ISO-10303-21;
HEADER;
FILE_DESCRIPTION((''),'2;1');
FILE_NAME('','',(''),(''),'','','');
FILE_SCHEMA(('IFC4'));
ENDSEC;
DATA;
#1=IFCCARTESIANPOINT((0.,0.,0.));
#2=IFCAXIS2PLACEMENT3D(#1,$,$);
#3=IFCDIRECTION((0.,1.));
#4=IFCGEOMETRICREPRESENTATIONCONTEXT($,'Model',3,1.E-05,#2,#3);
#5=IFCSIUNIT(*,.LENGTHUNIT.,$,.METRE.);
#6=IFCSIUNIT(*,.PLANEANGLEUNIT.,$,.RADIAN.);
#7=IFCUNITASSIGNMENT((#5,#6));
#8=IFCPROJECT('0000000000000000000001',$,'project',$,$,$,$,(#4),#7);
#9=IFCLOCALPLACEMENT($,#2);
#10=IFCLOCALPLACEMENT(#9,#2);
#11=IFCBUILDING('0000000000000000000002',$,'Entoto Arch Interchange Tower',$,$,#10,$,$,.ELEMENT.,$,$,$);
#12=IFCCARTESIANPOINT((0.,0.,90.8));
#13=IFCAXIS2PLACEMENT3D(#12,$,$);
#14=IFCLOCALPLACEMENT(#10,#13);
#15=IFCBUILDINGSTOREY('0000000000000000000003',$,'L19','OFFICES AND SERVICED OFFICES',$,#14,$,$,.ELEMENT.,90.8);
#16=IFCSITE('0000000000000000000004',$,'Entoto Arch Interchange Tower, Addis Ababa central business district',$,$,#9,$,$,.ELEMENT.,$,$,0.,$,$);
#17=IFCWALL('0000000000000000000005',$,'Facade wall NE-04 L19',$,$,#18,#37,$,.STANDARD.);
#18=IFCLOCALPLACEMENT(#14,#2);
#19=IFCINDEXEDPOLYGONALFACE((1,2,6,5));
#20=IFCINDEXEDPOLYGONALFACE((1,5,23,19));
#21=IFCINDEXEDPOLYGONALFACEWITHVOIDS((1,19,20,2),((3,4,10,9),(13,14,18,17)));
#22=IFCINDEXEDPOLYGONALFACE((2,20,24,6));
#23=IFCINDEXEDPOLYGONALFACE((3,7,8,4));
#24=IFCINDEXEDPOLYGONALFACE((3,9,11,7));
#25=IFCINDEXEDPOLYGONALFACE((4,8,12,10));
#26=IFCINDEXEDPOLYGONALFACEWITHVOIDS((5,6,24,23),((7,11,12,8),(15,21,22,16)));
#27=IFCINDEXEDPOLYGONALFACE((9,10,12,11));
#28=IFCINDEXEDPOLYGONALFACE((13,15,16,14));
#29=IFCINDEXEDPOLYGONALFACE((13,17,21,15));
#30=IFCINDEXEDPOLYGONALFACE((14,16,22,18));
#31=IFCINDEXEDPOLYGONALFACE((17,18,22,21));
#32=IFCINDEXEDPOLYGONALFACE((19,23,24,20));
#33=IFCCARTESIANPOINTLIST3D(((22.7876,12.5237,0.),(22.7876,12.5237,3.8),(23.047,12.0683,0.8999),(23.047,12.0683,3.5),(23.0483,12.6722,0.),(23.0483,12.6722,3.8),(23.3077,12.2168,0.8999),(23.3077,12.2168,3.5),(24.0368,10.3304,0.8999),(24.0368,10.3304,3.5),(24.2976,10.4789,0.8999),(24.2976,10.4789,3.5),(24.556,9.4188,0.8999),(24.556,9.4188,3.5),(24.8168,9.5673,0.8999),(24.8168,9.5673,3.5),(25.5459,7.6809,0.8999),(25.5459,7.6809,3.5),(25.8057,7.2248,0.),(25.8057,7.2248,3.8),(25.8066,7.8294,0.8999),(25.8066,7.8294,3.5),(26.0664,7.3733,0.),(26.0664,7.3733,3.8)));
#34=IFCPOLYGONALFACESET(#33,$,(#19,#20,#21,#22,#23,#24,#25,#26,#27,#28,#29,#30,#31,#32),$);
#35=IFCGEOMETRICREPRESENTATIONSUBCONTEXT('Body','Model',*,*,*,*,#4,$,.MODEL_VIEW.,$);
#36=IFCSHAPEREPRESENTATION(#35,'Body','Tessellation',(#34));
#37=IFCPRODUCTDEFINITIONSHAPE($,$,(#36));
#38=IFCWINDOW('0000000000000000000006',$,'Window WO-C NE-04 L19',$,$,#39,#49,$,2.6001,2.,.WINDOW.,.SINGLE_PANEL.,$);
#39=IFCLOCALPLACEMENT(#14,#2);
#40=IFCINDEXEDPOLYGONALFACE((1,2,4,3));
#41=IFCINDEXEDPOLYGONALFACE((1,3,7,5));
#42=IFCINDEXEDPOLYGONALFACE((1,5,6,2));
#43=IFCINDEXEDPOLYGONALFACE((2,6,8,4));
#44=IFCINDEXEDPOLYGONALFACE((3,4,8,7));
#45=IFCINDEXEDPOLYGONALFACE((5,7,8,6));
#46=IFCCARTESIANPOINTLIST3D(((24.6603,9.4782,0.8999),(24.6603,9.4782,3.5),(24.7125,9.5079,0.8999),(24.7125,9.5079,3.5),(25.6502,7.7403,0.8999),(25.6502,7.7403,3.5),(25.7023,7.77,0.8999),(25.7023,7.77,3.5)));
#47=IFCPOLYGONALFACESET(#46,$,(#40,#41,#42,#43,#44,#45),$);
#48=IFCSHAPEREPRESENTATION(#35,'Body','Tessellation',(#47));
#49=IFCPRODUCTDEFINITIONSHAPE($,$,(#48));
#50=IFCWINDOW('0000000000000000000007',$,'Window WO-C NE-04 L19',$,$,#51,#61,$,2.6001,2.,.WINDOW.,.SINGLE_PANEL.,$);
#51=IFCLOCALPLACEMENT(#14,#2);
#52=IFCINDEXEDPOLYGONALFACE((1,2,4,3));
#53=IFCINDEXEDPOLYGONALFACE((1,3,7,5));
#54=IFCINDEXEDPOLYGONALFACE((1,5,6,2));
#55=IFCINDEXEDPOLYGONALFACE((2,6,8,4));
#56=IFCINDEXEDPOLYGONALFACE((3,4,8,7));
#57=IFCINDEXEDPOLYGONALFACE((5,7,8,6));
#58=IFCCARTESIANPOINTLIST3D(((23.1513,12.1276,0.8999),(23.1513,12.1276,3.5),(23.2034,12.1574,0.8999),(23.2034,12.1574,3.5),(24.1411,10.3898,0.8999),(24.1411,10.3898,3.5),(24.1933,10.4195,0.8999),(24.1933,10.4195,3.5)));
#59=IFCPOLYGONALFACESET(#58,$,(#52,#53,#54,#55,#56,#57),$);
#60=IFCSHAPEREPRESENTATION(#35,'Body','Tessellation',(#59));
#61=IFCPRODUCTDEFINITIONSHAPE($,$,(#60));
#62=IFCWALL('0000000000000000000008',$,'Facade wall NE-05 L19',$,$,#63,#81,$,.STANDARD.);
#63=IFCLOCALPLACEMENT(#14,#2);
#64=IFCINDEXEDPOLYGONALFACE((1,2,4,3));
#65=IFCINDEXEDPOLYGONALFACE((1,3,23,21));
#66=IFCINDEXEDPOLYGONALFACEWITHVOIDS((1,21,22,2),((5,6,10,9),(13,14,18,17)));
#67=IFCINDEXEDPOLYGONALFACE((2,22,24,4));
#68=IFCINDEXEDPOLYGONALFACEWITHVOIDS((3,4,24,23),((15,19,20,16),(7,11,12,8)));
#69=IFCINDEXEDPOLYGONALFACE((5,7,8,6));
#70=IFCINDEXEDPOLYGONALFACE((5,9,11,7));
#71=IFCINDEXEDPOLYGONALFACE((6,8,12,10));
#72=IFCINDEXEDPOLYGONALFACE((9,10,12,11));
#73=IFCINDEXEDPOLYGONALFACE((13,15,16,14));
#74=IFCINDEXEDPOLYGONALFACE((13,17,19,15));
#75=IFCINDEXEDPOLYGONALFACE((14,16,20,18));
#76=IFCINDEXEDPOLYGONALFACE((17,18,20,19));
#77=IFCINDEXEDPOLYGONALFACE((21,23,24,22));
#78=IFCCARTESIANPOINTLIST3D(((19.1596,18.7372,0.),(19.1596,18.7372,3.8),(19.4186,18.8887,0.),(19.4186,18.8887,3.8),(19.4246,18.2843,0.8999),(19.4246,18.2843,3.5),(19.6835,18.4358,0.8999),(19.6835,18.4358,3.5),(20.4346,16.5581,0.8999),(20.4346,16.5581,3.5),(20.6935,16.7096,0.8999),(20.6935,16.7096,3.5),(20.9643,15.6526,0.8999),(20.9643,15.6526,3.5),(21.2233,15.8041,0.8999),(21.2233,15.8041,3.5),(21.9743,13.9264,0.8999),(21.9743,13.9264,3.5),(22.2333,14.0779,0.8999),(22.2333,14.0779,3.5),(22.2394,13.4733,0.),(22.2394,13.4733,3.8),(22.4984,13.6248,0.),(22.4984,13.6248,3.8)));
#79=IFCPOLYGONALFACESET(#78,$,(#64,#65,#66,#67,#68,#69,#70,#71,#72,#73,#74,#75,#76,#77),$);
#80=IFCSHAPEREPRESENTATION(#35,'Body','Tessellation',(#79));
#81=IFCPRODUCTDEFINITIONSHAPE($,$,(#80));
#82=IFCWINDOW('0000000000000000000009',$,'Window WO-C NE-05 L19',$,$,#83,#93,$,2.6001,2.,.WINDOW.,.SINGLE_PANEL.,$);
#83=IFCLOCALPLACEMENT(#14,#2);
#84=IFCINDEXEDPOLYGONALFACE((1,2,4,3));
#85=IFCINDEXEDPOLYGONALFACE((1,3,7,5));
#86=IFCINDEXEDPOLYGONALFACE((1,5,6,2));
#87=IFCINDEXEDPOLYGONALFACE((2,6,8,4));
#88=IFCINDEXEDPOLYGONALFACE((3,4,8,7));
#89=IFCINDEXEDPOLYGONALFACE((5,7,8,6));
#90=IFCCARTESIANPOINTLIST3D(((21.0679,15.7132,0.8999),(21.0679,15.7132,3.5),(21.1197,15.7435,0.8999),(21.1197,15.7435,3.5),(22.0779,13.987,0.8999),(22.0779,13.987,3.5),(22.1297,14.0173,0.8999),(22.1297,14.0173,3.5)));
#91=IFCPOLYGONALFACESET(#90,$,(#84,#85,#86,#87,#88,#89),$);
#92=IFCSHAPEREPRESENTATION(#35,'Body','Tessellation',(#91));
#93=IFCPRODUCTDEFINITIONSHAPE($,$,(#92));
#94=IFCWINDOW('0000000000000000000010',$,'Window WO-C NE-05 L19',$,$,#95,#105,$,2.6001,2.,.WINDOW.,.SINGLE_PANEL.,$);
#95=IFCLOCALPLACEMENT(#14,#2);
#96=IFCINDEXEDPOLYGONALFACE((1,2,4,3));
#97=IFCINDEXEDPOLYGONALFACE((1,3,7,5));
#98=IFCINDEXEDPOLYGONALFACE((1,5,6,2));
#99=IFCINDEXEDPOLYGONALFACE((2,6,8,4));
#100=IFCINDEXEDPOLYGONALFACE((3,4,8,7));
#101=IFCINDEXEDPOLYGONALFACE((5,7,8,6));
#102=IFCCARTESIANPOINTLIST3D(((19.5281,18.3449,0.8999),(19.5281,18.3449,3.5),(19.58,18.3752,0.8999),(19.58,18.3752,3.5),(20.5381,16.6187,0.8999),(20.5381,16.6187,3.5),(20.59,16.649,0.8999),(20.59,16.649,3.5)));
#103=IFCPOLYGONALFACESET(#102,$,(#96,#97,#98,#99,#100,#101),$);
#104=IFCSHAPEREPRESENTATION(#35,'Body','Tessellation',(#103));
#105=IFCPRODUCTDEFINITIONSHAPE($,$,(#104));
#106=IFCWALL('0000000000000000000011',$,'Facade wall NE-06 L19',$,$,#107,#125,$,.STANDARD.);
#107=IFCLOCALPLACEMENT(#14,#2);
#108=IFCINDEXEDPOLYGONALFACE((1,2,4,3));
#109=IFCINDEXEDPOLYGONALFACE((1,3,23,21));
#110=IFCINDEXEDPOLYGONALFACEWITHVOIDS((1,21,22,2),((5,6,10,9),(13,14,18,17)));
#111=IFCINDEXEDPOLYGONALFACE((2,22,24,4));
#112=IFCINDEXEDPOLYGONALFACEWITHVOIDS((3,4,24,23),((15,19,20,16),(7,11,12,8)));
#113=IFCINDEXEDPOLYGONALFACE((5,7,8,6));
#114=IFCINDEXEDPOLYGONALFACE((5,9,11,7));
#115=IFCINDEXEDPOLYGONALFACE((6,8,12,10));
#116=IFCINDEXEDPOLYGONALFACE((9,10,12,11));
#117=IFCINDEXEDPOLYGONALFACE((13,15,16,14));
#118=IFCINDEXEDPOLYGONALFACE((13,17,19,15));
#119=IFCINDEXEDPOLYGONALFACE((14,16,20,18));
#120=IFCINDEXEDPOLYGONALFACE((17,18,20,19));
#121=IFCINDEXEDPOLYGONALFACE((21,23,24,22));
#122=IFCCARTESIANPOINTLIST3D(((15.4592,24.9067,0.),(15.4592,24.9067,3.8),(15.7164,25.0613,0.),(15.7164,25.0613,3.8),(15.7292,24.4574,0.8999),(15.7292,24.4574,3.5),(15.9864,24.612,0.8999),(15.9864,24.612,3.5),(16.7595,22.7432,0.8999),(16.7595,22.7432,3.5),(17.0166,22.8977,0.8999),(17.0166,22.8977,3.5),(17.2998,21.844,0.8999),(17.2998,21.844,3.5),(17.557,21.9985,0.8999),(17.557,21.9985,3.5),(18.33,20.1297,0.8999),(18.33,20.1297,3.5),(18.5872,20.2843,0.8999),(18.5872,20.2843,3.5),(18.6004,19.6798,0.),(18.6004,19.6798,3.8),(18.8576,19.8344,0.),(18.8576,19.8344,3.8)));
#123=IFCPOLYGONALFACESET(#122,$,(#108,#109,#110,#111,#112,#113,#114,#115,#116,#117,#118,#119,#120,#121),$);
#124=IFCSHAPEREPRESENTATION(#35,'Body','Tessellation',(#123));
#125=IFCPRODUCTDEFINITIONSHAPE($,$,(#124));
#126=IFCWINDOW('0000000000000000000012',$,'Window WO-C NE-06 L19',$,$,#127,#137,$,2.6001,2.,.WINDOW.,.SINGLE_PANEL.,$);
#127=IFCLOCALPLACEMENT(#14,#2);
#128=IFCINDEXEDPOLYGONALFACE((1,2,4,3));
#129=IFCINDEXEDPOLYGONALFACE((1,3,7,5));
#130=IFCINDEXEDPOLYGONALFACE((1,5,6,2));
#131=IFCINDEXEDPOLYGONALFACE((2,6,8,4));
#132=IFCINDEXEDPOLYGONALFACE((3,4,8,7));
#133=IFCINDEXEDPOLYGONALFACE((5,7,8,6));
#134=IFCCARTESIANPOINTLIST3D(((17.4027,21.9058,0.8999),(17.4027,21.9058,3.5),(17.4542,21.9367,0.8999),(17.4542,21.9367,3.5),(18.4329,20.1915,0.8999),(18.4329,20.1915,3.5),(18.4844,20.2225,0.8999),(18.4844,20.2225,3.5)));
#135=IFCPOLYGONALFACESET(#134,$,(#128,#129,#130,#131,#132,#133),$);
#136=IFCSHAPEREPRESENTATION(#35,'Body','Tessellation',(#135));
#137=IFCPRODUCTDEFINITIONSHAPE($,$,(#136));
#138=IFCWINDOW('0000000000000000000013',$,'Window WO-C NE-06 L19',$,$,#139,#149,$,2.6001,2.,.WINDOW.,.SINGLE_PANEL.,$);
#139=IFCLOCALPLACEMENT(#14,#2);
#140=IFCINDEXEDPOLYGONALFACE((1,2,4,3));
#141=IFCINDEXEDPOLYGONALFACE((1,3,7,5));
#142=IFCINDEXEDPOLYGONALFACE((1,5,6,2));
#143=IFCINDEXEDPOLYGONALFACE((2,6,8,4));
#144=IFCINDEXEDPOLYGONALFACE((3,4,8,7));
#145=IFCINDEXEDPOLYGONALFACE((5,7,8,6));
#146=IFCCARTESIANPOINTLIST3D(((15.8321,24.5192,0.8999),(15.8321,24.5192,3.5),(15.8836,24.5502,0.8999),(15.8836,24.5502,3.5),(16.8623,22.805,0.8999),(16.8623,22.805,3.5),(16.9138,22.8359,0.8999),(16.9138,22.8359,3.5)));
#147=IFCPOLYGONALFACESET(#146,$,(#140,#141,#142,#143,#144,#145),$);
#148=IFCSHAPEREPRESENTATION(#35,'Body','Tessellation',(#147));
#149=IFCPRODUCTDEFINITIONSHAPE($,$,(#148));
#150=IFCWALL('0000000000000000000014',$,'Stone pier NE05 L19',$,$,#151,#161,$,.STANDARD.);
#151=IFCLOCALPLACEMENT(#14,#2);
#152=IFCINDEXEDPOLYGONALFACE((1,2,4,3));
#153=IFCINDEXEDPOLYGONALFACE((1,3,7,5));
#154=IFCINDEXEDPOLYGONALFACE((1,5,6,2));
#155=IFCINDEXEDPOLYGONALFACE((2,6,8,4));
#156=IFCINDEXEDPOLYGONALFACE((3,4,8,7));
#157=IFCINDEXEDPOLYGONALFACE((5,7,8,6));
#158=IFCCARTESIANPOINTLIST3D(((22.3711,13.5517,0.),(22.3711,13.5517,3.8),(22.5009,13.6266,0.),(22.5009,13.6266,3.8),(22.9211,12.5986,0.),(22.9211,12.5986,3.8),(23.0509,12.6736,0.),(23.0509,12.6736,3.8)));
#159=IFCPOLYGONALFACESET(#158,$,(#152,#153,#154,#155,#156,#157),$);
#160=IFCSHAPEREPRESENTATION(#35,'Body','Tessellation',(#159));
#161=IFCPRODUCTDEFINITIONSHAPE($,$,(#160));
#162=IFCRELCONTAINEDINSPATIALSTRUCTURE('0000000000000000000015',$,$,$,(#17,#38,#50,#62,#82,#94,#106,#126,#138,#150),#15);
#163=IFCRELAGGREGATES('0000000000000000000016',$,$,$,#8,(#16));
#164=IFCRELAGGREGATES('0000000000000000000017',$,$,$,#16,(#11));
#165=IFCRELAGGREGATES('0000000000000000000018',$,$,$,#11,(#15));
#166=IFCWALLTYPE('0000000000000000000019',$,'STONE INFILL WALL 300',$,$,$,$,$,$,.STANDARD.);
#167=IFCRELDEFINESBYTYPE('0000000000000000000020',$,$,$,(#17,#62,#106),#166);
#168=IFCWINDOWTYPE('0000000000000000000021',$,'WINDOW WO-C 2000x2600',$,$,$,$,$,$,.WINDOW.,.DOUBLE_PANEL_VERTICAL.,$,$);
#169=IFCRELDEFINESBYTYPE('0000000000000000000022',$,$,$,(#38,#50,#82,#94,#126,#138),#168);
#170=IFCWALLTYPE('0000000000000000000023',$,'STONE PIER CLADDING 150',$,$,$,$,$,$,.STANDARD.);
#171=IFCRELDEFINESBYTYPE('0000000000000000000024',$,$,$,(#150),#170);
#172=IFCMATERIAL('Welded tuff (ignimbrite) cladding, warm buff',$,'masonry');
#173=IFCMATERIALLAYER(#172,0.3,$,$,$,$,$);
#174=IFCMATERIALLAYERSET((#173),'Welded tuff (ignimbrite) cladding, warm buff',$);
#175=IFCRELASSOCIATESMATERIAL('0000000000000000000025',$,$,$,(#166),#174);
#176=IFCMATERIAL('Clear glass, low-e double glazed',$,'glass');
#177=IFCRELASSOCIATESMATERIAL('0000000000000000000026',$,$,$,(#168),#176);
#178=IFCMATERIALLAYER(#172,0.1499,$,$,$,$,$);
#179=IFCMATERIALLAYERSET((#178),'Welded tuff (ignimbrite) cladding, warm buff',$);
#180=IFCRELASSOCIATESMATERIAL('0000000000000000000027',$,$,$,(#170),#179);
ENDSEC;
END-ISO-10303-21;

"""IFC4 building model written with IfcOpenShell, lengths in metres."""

from ifc_helpers import new_model, si_unit, direction, frame, frame_2d, origin, place, context, subcontext, project, spatial, rectangle, extrude, material, layer, layer_set, type_object, element, fill, save


model = new_model("IFC4")

# Units and contexts
model_context = context("Model", 3, precision=1e-05, world=origin(), true_north=direction((0.0, 1.0)))
body_context = subcontext(model_context, "Body", "Model", "MODEL_VIEW")
ifc_project = project(units=[si_unit("LENGTHUNIT", "METRE"), si_unit("PLANEANGLEUNIT", "RADIAN")], contexts=[model_context])

# Site, building, storey
site_placement = place(None, origin())
site = spatial("IfcSite", under=ifc_project, at=site_placement, Name="Entoto Arch Interchange Tower, Addis Ababa central business district", CompositionType="ELEMENT", RefElevation=0.0)
building_placement = place(site_placement, origin())
building = spatial("IfcBuilding", under=site, at=building_placement, Name="Entoto Arch Interchange Tower", CompositionType="ELEMENT")
storey_placement = place(building_placement, frame((0.0, 0.0, 90.8)))
storey = spatial("IfcBuildingStorey", under=building, at=storey_placement, Name="L19", Description="OFFICES AND SERVICED OFFICES", CompositionType="ELEMENT", Elevation=90.8)

# Walls, openings, windows
ifc_material_1 = material(Name="Welded tuff (ignimbrite) cladding, warm buff", Category="masonry")
ifc_layer_1 = layer(ifc_material_1, 0.3)
ifc_layer_set_1 = layer_set([ifc_layer_1], Name="Welded tuff (ignimbrite) cladding, warm buff")
wall_type_1 = type_object("IfcWallType", Name="STONE INFILL WALL 300", PredefinedType="STANDARD", material=ifc_layer_set_1)
wall_1_placement = place(storey_placement, frame((25.936, 7.2991, 0.0), z_axis=(0.0, 0.0, 1.0), x_axis=(-0.494923, 0.868937, 0.0)))
wall_1 = element("IfcWall", 1, at=wall_1_placement, inside=storey, type_object=wall_type_1, Name="Facade wall NE-04 L19", PredefinedType="STANDARD", context=body_context, shape_type="SweptSolid", body=[
    extrude(rectangle(XDim=6.0981, YDim=0.3, at=frame_2d((3.0491, 0.0))), origin(), (0.0, 0.0, 1.0), 3.8),
])
opening_1_placement = place(wall_1_placement, frame((0.5249, 0.0, 0.8999)))
opening_1 = element("IfcOpeningElement", 2, at=opening_1_placement, cuts=wall_1, PredefinedType="OPENING", context=body_context, shape_type="SweptSolid", body=[
    extrude(rectangle(XDim=2.0, YDim=2.6001, at=frame_2d((1.0, 1.3))), frame((0.0, 0.1602, 0.0), z_axis=(0.0, -1.0, 0.0), x_axis=(1.0, 0.0, 0.0)), (0.0, 0.0, 1.0), 0.3201),
])
opening_2_placement = place(wall_1_placement, frame((3.574, 0.0, 0.8999)))
opening_2 = element("IfcOpeningElement", 3, at=opening_2_placement, cuts=wall_1, PredefinedType="OPENING", context=body_context, shape_type="SweptSolid", body=[
    extrude(rectangle(XDim=2.0, YDim=2.6001, at=frame_2d((1.0, 1.3))), frame((0.0, 0.1602, 0.0), z_axis=(0.0, -1.0, 0.0), x_axis=(1.0, 0.0, 0.0)), (0.0, 0.0, 1.0), 0.3201),
])
ifc_material_2 = material(Name="Clear glass, low-e double glazed", Category="glass")
window_type = type_object("IfcWindowType", Name="WINDOW WO-C 2000x2600", PartitioningType="DOUBLE_PANEL_VERTICAL", PredefinedType="WINDOW", material=ifc_material_2)
window_1_placement = place(opening_1_placement, origin())
window_1 = element("IfcWindow", 4, at=window_1_placement, inside=storey, type_object=window_type, Name="Window WO-C NE-04 L19", OverallHeight=2.6001, OverallWidth=2.0, PartitioningType="SINGLE_PANEL", PredefinedType="WINDOW", context=body_context, shape_type="SweptSolid", body=[
    extrude(rectangle(XDim=2.0, YDim=2.6001, at=frame_2d((1.0, 1.3))), frame((0.0, 0.03, 0.0), z_axis=(0.0, -1.0, 0.0), x_axis=(1.0, 0.0, 0.0)), (0.0, 0.0, 1.0), 0.0601),
])
fill(opening_1, window_1)
window_2_placement = place(opening_2_placement, origin())
window_2 = element("IfcWindow", 5, at=window_2_placement, inside=storey, type_object=window_type, Name="Window WO-C NE-04 L19", OverallHeight=2.6001, OverallWidth=2.0, PartitioningType="SINGLE_PANEL", PredefinedType="WINDOW", context=body_context, shape_type="SweptSolid", body=[
    extrude(rectangle(XDim=2.0, YDim=2.6001, at=frame_2d((1.0, 1.3))), frame((0.0, 0.03, 0.0), z_axis=(0.0, -1.0, 0.0), x_axis=(1.0, 0.0, 0.0)), (0.0, 0.0, 1.0), 0.0601),
])
fill(opening_2, window_2)
wall_2_placement = place(storey_placement, frame((22.3689, 13.5491, 0.0), z_axis=(0.0, 0.0, 1.0), x_axis=(-0.504998, 0.86312, 0.0)))
wall_2 = element("IfcWall", 6, at=wall_2_placement, inside=storey, type_object=wall_type_1, Name="Facade wall NE-05 L19", PredefinedType="STANDARD", context=body_context, shape_type="SweptSolid", body=[
    extrude(rectangle(XDim=6.0986, YDim=0.3, at=frame_2d((3.0493, 0.0))), origin(), (0.0, 0.0, 1.0), 3.8),
])
opening_3_placement = place(wall_2_placement, frame((0.5249, 0.0, 0.8999)))
opening_3 = element("IfcOpeningElement", 7, at=opening_3_placement, cuts=wall_2, PredefinedType="OPENING", context=body_context, shape_type="SweptSolid", body=[
    extrude(rectangle(XDim=2.0, YDim=2.6001, at=frame_2d((1.0, 1.3))), frame((0.0, 0.1602, 0.0), z_axis=(0.0, -1.0, 0.0), x_axis=(1.0, 0.0, 0.0)), (0.0, 0.0, 1.0), 0.3201),
])
opening_4_placement = place(wall_2_placement, frame((3.574, 0.0, 0.8999)))
opening_4 = element("IfcOpeningElement", 8, at=opening_4_placement, cuts=wall_2, PredefinedType="OPENING", context=body_context, shape_type="SweptSolid", body=[
    extrude(rectangle(XDim=2.0, YDim=2.6001, at=frame_2d((1.0, 1.3))), frame((0.0, 0.1602, 0.0), z_axis=(0.0, -1.0, 0.0), x_axis=(1.0, 0.0, 0.0)), (0.0, 0.0, 1.0), 0.3201),
])
window_3_placement = place(opening_3_placement, origin())
window_3 = element("IfcWindow", 9, at=window_3_placement, inside=storey, type_object=window_type, Name="Window WO-C NE-05 L19", OverallHeight=2.6001, OverallWidth=2.0, PartitioningType="SINGLE_PANEL", PredefinedType="WINDOW", context=body_context, shape_type="SweptSolid", body=[
    extrude(rectangle(XDim=2.0, YDim=2.6001, at=frame_2d((1.0, 1.3))), frame((0.0, 0.03, 0.0), z_axis=(0.0, -1.0, 0.0), x_axis=(1.0, 0.0, 0.0)), (0.0, 0.0, 1.0), 0.0601),
])
fill(opening_3, window_3)
window_4_placement = place(opening_4_placement, origin())
window_4 = element("IfcWindow", 10, at=window_4_placement, inside=storey, type_object=window_type, Name="Window WO-C NE-05 L19", OverallHeight=2.6001, OverallWidth=2.0, PartitioningType="SINGLE_PANEL", PredefinedType="WINDOW", context=body_context, shape_type="SweptSolid", body=[
    extrude(rectangle(XDim=2.0, YDim=2.6001, at=frame_2d((1.0, 1.3))), frame((0.0, 0.03, 0.0), z_axis=(0.0, -1.0, 0.0), x_axis=(1.0, 0.0, 0.0)), (0.0, 0.0, 1.0), 0.0601),
])
fill(opening_4, window_4)
wall_3_placement = place(storey_placement, frame((18.729, 19.7571, 0.0), z_axis=(0.0, 0.0, 1.0), x_axis=(-0.515102, 0.857129, 0.0)))
wall_3 = element("IfcWall", 11, at=wall_3_placement, inside=storey, type_object=wall_type_1, Name="Facade wall NE-06 L19", PredefinedType="STANDARD", context=body_context, shape_type="SweptSolid", body=[
    extrude(rectangle(XDim=6.0981, YDim=0.3, at=frame_2d((3.0491, 0.0))), origin(), (0.0, 0.0, 1.0), 3.8),
])
opening_5_placement = place(wall_3_placement, frame((0.5249, 0.0, 0.8999)))
opening_5 = element("IfcOpeningElement", 12, at=opening_5_placement, cuts=wall_3, PredefinedType="OPENING", context=body_context, shape_type="SweptSolid", body=[
    extrude(rectangle(XDim=2.0, YDim=2.6001, at=frame_2d((1.0, 1.3))), frame((0.0, 0.1602, 0.0), z_axis=(0.0, -1.0, 0.0), x_axis=(1.0, 0.0, 0.0)), (0.0, 0.0, 1.0), 0.3201),
])
opening_6_placement = place(wall_3_placement, frame((3.574, 0.0, 0.8999)))
opening_6 = element("IfcOpeningElement", 13, at=opening_6_placement, cuts=wall_3, PredefinedType="OPENING", context=body_context, shape_type="SweptSolid", body=[
    extrude(rectangle(XDim=2.0, YDim=2.6001, at=frame_2d((1.0, 1.3))), frame((0.0, 0.1602, 0.0), z_axis=(0.0, -1.0, 0.0), x_axis=(1.0, 0.0, 0.0)), (0.0, 0.0, 1.0), 0.3201),
])
window_5_placement = place(opening_5_placement, origin())
window_5 = element("IfcWindow", 14, at=window_5_placement, inside=storey, type_object=window_type, Name="Window WO-C NE-06 L19", OverallHeight=2.6001, OverallWidth=2.0, PartitioningType="SINGLE_PANEL", PredefinedType="WINDOW", context=body_context, shape_type="SweptSolid", body=[
    extrude(rectangle(XDim=2.0, YDim=2.6001, at=frame_2d((1.0, 1.3))), frame((0.0, 0.03, 0.0), z_axis=(0.0, -1.0, 0.0), x_axis=(1.0, 0.0, 0.0)), (0.0, 0.0, 1.0), 0.0601),
])
fill(opening_5, window_5)
window_6_placement = place(opening_6_placement, origin())
window_6 = element("IfcWindow", 15, at=window_6_placement, inside=storey, type_object=window_type, Name="Window WO-C NE-06 L19", OverallHeight=2.6001, OverallWidth=2.0, PartitioningType="SINGLE_PANEL", PredefinedType="WINDOW", context=body_context, shape_type="SweptSolid", body=[
    extrude(rectangle(XDim=2.0, YDim=2.6001, at=frame_2d((1.0, 1.3))), frame((0.0, 0.03, 0.0), z_axis=(0.0, -1.0, 0.0), x_axis=(1.0, 0.0, 0.0)), (0.0, 0.0, 1.0), 0.0601),
])
fill(opening_6, window_6)

# Wall
ifc_layer_2 = layer(ifc_material_1, 0.1499)
ifc_layer_set_2 = layer_set([ifc_layer_2], Name="Welded tuff (ignimbrite) cladding, warm buff")
wall_type_2 = type_object("IfcWallType", Name="STONE PIER CLADDING 150", PredefinedType="STANDARD", material=ifc_layer_set_2)
wall_4_placement = place(storey_placement, frame((22.9861, 12.636, 0.0), z_axis=(0.0, 0.0, 1.0), x_axis=(-0.499838, 0.866119, 0.0)))
element("IfcWall", 16, at=wall_4_placement, inside=storey, type_object=wall_type_2, Name="Stone pier NE05 L19", PredefinedType="STANDARD", context=body_context, shape_type="SweptSolid", body=[
    extrude(rectangle(XDim=1.1003, YDim=0.1499, at=frame_2d((0.5503, 0.0))), origin(), (0.0, 0.0, 1.0), 3.8),
])

save(model, "model.ifc")
